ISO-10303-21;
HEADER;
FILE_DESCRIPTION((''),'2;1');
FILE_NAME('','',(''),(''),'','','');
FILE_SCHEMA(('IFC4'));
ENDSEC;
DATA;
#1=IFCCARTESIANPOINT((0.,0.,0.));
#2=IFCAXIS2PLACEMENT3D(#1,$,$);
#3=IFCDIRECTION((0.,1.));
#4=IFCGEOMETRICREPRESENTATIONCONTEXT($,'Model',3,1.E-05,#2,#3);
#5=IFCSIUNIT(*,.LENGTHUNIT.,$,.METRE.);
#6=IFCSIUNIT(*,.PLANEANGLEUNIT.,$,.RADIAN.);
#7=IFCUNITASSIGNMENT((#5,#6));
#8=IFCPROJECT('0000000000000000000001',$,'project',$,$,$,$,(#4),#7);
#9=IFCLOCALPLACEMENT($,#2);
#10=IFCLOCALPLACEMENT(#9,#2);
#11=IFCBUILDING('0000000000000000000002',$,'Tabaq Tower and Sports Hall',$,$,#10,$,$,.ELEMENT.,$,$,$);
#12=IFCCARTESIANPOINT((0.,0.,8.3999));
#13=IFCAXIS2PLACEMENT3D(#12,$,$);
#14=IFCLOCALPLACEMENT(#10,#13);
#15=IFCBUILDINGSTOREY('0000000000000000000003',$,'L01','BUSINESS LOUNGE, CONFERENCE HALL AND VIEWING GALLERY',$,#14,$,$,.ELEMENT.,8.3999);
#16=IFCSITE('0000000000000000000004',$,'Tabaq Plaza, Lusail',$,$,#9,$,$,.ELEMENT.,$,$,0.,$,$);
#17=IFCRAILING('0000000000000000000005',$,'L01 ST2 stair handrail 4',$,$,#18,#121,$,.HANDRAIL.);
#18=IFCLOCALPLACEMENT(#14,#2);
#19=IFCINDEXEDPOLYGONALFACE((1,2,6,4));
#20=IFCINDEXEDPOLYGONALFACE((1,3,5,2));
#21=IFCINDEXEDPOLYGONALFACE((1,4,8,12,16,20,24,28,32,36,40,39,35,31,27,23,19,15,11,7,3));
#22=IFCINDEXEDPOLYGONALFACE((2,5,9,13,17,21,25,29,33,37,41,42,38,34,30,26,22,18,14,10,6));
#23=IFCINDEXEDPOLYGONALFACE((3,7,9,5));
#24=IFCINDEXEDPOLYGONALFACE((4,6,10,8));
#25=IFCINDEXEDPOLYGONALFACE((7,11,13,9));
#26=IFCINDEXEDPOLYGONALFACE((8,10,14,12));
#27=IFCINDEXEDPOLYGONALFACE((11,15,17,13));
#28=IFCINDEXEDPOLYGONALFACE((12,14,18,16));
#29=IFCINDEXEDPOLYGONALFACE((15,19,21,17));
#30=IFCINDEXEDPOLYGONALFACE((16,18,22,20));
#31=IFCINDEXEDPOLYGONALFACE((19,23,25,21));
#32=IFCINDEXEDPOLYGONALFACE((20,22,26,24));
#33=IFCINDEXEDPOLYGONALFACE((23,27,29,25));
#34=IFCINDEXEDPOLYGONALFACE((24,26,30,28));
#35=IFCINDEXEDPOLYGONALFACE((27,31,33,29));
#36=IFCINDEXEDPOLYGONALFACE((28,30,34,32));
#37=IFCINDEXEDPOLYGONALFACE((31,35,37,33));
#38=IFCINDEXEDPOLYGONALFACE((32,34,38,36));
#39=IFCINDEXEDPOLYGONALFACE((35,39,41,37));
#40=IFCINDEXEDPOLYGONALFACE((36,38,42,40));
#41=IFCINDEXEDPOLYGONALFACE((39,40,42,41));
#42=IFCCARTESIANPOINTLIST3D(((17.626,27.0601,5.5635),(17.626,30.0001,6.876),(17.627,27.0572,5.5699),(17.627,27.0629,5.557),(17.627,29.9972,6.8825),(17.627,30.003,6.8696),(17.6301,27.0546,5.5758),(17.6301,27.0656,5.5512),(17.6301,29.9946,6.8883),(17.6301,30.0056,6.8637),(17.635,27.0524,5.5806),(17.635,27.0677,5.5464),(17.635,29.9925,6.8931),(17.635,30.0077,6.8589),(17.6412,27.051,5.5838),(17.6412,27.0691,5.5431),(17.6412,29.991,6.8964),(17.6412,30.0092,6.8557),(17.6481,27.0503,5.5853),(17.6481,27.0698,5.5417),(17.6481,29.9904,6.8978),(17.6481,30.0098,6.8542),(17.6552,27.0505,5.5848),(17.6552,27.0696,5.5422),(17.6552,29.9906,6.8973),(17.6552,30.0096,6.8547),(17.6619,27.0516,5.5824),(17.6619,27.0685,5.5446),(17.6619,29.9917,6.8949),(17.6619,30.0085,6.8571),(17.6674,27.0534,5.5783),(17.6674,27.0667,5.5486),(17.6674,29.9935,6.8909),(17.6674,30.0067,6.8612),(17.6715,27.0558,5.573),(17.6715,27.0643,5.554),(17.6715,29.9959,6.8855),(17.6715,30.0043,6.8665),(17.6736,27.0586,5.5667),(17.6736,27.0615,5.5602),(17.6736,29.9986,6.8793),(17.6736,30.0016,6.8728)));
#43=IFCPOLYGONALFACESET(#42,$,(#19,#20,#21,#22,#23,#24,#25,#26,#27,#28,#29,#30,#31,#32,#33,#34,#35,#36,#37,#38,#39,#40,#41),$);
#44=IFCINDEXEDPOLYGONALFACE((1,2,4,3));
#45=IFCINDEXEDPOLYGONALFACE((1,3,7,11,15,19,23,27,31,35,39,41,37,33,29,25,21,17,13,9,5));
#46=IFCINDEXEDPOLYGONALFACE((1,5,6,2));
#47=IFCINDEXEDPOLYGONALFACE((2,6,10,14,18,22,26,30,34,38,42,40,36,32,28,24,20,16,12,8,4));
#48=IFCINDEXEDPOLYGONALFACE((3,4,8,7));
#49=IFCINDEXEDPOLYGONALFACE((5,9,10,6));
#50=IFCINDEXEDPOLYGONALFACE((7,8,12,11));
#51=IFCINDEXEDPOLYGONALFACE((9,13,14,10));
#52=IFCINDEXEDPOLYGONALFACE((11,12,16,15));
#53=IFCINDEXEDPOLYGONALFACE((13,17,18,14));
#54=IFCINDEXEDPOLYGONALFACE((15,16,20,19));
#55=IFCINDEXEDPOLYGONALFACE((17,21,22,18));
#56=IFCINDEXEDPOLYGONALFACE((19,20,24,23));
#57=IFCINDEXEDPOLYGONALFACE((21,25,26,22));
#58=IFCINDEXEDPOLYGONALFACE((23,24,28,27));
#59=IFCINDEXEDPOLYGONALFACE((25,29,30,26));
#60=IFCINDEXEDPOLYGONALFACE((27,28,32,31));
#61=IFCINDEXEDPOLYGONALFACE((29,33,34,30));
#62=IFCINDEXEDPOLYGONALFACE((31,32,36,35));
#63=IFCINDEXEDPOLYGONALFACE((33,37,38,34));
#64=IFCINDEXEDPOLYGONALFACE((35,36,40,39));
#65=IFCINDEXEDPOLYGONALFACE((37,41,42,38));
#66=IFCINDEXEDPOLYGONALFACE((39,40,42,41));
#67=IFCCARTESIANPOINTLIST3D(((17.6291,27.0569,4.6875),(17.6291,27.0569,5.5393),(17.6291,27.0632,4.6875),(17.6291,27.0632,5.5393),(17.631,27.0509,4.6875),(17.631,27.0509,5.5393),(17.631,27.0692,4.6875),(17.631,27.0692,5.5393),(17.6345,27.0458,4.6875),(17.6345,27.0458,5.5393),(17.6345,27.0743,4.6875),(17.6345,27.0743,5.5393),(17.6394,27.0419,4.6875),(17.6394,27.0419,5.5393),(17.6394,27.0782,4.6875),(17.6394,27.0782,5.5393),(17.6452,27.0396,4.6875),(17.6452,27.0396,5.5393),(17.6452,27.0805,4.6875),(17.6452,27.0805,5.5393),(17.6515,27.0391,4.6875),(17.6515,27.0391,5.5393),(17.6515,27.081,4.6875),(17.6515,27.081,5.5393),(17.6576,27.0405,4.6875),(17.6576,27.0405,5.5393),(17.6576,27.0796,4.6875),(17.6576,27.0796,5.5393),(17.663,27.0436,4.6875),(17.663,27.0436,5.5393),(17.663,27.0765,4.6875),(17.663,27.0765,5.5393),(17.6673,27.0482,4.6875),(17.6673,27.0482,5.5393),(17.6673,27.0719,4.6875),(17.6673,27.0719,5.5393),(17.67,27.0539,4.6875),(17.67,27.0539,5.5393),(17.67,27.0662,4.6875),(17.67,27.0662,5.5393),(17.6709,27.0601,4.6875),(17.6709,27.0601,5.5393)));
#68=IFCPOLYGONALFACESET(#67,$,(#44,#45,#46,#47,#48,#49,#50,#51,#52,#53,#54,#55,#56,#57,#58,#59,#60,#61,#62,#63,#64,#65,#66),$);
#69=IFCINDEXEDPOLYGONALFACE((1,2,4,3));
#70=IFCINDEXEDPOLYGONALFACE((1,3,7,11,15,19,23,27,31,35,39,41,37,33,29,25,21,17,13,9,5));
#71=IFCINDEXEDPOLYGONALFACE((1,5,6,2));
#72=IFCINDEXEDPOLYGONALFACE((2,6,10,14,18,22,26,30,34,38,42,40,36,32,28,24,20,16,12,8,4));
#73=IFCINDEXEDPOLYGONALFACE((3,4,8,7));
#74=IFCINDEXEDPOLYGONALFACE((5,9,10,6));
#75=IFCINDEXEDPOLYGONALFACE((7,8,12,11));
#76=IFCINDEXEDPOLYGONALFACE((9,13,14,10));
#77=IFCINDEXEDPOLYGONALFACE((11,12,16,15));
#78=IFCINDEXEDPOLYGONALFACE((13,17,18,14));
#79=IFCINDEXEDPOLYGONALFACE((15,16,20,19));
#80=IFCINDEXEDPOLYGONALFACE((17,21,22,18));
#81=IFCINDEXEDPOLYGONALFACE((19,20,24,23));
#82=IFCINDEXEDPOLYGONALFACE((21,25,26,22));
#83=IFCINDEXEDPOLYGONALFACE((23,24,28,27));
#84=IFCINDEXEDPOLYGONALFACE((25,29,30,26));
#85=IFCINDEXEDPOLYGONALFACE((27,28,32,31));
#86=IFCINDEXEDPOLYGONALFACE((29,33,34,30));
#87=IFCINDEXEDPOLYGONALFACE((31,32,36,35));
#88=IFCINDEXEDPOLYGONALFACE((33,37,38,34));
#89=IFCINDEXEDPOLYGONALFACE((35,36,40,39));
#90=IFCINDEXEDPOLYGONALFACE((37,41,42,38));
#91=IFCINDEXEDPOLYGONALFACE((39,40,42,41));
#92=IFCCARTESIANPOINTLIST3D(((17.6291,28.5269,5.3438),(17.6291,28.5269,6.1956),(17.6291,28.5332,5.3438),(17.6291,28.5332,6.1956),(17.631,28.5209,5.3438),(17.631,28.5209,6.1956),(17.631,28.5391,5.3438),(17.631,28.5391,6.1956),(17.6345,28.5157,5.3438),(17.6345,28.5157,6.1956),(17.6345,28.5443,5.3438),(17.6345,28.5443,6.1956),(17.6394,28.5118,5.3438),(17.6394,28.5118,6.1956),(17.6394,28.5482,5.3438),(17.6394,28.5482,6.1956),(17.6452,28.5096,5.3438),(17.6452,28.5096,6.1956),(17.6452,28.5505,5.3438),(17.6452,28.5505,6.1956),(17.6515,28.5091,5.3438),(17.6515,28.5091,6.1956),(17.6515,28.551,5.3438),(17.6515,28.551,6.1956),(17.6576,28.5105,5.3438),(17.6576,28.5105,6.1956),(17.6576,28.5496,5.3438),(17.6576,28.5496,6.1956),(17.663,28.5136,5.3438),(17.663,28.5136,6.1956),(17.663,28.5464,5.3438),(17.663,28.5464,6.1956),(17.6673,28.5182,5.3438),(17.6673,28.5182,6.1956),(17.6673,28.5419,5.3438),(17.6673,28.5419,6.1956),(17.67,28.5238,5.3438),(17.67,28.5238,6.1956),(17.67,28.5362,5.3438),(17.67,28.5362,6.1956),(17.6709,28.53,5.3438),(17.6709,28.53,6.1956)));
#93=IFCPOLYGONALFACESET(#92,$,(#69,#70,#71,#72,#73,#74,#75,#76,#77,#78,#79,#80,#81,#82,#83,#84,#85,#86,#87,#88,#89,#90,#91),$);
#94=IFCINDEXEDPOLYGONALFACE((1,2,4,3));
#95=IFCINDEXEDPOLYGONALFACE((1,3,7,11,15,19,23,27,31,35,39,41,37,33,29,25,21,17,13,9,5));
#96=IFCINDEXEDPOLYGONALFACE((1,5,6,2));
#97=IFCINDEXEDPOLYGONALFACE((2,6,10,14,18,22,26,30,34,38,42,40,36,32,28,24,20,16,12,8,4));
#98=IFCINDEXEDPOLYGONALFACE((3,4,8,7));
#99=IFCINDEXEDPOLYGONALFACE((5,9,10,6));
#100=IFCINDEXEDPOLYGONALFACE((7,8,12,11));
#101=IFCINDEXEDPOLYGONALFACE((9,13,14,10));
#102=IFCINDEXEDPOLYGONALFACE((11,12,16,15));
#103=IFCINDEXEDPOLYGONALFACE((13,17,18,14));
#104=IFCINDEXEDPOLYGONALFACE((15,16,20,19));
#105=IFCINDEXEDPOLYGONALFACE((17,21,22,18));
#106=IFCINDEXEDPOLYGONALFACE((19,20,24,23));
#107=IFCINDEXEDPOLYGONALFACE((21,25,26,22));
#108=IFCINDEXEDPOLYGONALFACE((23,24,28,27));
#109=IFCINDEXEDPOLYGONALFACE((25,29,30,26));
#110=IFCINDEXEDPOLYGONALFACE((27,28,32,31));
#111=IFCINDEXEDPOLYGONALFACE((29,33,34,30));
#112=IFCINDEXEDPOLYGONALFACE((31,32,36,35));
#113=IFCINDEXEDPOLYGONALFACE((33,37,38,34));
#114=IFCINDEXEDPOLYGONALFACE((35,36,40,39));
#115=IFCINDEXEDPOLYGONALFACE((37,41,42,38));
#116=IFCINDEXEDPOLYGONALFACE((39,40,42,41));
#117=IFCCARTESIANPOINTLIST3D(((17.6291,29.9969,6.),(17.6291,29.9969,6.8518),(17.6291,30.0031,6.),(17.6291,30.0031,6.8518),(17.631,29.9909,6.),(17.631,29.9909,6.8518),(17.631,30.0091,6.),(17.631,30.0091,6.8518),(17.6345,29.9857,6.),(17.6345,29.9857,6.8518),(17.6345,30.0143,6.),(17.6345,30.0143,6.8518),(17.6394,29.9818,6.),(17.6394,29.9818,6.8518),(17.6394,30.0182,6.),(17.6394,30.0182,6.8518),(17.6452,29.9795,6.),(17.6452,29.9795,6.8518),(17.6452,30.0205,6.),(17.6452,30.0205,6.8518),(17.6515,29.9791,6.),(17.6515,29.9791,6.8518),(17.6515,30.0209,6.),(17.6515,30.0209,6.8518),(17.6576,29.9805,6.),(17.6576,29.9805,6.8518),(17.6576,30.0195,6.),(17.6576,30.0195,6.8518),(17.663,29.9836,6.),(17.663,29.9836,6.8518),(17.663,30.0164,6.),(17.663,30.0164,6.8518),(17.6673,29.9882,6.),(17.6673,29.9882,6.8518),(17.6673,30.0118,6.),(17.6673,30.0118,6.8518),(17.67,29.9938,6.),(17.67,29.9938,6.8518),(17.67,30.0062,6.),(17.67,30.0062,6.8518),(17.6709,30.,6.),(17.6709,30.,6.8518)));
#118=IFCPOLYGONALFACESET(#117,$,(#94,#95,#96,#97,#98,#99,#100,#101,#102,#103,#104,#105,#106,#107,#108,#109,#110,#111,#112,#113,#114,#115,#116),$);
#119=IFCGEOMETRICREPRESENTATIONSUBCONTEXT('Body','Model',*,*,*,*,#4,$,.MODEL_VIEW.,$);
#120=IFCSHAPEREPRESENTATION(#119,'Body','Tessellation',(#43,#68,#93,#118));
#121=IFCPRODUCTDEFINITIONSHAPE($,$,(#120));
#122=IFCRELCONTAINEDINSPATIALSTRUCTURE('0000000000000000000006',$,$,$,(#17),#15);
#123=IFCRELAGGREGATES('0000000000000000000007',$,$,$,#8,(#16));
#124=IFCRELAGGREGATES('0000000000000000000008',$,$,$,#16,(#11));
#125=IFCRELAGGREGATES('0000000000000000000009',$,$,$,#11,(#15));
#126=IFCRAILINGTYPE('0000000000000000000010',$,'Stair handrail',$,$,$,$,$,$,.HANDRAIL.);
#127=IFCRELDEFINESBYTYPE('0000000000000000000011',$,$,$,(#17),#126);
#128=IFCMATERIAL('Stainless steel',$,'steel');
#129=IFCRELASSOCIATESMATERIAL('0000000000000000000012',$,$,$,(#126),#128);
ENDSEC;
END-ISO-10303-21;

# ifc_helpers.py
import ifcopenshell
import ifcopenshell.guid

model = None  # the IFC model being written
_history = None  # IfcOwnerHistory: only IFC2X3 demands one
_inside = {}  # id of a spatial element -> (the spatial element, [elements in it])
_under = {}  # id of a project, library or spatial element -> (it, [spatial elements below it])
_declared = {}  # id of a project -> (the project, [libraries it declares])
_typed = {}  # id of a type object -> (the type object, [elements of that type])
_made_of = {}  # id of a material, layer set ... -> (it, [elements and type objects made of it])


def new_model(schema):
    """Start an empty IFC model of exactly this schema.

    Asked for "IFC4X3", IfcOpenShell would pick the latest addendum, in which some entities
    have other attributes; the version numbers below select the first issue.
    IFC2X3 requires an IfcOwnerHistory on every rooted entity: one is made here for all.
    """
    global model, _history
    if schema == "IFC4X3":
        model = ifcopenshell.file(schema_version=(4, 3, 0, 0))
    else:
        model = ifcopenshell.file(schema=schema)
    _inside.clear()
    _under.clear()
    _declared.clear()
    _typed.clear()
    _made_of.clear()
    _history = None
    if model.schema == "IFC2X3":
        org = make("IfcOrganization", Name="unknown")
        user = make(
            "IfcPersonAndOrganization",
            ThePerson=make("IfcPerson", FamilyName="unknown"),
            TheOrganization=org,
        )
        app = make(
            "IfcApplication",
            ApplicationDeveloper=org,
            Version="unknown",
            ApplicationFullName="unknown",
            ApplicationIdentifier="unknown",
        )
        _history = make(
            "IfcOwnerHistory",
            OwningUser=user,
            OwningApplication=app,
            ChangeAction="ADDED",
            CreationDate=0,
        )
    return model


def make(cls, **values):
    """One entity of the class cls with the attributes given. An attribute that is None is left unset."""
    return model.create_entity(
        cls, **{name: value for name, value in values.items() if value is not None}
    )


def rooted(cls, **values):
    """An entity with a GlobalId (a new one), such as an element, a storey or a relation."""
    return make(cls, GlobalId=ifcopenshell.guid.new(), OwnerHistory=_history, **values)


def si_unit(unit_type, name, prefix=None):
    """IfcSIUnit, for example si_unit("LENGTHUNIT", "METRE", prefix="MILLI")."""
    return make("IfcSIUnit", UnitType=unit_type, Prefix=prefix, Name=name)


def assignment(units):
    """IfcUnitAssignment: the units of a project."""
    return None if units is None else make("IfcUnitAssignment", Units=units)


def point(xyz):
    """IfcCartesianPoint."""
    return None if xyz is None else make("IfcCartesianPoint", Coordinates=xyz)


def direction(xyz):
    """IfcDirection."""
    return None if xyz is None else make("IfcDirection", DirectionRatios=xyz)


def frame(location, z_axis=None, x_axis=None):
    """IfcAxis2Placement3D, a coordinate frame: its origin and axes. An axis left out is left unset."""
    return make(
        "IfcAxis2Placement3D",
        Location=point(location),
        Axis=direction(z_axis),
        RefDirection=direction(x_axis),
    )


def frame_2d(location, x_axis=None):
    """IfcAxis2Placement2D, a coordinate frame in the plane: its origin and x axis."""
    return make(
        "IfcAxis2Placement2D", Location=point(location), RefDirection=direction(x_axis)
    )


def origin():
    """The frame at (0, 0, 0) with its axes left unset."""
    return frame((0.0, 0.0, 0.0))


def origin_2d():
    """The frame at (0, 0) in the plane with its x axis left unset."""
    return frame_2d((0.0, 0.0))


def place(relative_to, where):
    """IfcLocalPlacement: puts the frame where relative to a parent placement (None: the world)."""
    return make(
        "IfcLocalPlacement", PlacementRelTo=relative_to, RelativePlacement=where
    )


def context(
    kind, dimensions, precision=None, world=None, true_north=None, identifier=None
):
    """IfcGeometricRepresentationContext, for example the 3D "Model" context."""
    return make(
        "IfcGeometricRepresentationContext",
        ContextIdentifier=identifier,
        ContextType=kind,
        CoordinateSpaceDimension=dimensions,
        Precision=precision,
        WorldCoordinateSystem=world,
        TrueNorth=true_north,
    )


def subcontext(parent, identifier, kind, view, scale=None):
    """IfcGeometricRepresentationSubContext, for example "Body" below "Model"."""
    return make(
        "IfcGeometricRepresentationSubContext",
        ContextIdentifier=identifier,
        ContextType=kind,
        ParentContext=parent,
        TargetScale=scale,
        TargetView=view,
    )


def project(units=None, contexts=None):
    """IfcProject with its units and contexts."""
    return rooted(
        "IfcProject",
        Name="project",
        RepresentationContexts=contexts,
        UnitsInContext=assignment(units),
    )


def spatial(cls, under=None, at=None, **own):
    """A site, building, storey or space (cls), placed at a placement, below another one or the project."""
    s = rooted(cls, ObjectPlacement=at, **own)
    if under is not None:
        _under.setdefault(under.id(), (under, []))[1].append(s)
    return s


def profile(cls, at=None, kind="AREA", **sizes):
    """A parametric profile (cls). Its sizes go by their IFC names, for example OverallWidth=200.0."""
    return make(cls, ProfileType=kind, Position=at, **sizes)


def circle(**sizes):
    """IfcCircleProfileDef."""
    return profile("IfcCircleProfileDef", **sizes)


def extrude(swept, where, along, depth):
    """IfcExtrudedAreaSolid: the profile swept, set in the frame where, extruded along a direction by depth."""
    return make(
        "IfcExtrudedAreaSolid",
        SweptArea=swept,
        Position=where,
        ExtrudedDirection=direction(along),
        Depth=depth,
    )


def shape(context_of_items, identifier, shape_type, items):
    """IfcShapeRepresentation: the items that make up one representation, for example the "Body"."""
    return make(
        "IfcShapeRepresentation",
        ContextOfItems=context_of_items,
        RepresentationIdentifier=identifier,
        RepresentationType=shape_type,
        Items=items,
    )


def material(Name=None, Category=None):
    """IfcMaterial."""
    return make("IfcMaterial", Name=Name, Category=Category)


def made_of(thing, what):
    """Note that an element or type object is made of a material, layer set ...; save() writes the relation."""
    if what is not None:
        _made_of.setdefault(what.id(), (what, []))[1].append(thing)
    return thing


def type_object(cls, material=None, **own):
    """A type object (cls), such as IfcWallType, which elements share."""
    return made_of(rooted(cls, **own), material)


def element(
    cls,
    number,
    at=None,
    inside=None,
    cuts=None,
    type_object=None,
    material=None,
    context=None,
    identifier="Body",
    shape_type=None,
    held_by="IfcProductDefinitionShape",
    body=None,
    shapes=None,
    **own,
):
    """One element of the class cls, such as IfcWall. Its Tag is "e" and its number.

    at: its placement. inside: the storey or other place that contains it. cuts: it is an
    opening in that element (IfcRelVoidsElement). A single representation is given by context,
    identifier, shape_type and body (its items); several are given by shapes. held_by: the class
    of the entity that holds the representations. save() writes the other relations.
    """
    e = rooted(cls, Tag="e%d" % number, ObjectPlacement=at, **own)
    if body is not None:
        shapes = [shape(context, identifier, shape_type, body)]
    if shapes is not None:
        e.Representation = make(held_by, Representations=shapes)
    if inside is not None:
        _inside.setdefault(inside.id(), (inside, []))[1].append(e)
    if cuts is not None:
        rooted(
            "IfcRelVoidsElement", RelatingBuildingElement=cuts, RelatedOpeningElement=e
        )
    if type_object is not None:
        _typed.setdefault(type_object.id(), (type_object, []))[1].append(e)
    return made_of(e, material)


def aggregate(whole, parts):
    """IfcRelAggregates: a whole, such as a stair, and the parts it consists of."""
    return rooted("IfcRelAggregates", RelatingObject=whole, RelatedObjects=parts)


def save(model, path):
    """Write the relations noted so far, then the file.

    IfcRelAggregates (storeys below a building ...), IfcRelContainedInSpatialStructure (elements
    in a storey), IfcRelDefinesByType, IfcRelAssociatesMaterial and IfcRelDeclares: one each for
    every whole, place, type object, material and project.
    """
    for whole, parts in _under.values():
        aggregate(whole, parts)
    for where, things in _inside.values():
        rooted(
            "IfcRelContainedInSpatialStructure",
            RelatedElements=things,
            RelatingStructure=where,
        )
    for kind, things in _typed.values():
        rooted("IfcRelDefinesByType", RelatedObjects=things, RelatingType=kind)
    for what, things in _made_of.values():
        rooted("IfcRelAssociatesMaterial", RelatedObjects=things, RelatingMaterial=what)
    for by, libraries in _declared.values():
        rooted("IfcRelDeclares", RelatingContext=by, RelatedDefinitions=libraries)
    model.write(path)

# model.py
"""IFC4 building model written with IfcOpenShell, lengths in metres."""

from ifc_helpers import new_model, si_unit, direction, frame, origin, origin_2d, place, context, subcontext, project, spatial, circle, extrude, material, type_object, element, save


model = new_model("IFC4")

# Units and contexts
model_context = context("Model", 3, precision=1e-05, world=origin(), true_north=direction((0.0, 1.0)))
body_context = subcontext(model_context, "Body", "Model", "MODEL_VIEW")
ifc_project = project(units=[si_unit("LENGTHUNIT", "METRE"), si_unit("PLANEANGLEUNIT", "RADIAN")], contexts=[model_context])

# Site, building, storey
site_placement = place(None, origin())
site = spatial("IfcSite", under=ifc_project, at=site_placement, Name="Tabaq Plaza, Lusail", CompositionType="ELEMENT", RefElevation=0.0)
building_placement = place(site_placement, origin())
building = spatial("IfcBuilding", under=site, at=building_placement, Name="Tabaq Tower and Sports Hall", CompositionType="ELEMENT")
storey_placement = place(building_placement, frame((0.0, 0.0, 8.3999)))
storey = spatial("IfcBuildingStorey", under=building, at=storey_placement, Name="L01", Description="BUSINESS LOUNGE, CONFERENCE HALL AND VIEWING GALLERY", CompositionType="ELEMENT", Elevation=8.3999)

# Railing
ifc_material_1 = material(Name="Stainless steel", Category="steel")
railing_type_1 = type_object("IfcRailingType", Name="Stair handrail", PredefinedType="HANDRAIL", material=ifc_material_1)
railing_1_placement = place(storey_placement, frame((17.6499, 27.0601, 4.6875)))
element("IfcRailing", 1, at=railing_1_placement, inside=storey, type_object=railing_type_1, Name="L01 ST2 stair handrail 4", PredefinedType="HANDRAIL", context=body_context, shape_type="SweptSolid", body=[
    extrude(circle(Radius=0.0239, at=origin_2d()), frame((0.0, 0.0, 0.876), z_axis=(0.0, 0.913135, 0.407658), x_axis=(-1.0, 0.0, 0.0)), (0.0, 0.0, 1.0), 3.2197),
    extrude(circle(Radius=0.021, at=origin_2d()), origin(), (0.0, 0.0, 1.0), 0.8518),
    extrude(circle(Radius=0.021, at=origin_2d()), frame((0.0, 1.47, 0.6562)), (0.0, 0.0, 1.0), 0.8518),
    extrude(circle(Radius=0.021, at=origin_2d()), frame((0.0, 2.9399, 1.3125)), (0.0, 0.0, 1.0), 0.8518),
])

save(model, "model.ifc")
